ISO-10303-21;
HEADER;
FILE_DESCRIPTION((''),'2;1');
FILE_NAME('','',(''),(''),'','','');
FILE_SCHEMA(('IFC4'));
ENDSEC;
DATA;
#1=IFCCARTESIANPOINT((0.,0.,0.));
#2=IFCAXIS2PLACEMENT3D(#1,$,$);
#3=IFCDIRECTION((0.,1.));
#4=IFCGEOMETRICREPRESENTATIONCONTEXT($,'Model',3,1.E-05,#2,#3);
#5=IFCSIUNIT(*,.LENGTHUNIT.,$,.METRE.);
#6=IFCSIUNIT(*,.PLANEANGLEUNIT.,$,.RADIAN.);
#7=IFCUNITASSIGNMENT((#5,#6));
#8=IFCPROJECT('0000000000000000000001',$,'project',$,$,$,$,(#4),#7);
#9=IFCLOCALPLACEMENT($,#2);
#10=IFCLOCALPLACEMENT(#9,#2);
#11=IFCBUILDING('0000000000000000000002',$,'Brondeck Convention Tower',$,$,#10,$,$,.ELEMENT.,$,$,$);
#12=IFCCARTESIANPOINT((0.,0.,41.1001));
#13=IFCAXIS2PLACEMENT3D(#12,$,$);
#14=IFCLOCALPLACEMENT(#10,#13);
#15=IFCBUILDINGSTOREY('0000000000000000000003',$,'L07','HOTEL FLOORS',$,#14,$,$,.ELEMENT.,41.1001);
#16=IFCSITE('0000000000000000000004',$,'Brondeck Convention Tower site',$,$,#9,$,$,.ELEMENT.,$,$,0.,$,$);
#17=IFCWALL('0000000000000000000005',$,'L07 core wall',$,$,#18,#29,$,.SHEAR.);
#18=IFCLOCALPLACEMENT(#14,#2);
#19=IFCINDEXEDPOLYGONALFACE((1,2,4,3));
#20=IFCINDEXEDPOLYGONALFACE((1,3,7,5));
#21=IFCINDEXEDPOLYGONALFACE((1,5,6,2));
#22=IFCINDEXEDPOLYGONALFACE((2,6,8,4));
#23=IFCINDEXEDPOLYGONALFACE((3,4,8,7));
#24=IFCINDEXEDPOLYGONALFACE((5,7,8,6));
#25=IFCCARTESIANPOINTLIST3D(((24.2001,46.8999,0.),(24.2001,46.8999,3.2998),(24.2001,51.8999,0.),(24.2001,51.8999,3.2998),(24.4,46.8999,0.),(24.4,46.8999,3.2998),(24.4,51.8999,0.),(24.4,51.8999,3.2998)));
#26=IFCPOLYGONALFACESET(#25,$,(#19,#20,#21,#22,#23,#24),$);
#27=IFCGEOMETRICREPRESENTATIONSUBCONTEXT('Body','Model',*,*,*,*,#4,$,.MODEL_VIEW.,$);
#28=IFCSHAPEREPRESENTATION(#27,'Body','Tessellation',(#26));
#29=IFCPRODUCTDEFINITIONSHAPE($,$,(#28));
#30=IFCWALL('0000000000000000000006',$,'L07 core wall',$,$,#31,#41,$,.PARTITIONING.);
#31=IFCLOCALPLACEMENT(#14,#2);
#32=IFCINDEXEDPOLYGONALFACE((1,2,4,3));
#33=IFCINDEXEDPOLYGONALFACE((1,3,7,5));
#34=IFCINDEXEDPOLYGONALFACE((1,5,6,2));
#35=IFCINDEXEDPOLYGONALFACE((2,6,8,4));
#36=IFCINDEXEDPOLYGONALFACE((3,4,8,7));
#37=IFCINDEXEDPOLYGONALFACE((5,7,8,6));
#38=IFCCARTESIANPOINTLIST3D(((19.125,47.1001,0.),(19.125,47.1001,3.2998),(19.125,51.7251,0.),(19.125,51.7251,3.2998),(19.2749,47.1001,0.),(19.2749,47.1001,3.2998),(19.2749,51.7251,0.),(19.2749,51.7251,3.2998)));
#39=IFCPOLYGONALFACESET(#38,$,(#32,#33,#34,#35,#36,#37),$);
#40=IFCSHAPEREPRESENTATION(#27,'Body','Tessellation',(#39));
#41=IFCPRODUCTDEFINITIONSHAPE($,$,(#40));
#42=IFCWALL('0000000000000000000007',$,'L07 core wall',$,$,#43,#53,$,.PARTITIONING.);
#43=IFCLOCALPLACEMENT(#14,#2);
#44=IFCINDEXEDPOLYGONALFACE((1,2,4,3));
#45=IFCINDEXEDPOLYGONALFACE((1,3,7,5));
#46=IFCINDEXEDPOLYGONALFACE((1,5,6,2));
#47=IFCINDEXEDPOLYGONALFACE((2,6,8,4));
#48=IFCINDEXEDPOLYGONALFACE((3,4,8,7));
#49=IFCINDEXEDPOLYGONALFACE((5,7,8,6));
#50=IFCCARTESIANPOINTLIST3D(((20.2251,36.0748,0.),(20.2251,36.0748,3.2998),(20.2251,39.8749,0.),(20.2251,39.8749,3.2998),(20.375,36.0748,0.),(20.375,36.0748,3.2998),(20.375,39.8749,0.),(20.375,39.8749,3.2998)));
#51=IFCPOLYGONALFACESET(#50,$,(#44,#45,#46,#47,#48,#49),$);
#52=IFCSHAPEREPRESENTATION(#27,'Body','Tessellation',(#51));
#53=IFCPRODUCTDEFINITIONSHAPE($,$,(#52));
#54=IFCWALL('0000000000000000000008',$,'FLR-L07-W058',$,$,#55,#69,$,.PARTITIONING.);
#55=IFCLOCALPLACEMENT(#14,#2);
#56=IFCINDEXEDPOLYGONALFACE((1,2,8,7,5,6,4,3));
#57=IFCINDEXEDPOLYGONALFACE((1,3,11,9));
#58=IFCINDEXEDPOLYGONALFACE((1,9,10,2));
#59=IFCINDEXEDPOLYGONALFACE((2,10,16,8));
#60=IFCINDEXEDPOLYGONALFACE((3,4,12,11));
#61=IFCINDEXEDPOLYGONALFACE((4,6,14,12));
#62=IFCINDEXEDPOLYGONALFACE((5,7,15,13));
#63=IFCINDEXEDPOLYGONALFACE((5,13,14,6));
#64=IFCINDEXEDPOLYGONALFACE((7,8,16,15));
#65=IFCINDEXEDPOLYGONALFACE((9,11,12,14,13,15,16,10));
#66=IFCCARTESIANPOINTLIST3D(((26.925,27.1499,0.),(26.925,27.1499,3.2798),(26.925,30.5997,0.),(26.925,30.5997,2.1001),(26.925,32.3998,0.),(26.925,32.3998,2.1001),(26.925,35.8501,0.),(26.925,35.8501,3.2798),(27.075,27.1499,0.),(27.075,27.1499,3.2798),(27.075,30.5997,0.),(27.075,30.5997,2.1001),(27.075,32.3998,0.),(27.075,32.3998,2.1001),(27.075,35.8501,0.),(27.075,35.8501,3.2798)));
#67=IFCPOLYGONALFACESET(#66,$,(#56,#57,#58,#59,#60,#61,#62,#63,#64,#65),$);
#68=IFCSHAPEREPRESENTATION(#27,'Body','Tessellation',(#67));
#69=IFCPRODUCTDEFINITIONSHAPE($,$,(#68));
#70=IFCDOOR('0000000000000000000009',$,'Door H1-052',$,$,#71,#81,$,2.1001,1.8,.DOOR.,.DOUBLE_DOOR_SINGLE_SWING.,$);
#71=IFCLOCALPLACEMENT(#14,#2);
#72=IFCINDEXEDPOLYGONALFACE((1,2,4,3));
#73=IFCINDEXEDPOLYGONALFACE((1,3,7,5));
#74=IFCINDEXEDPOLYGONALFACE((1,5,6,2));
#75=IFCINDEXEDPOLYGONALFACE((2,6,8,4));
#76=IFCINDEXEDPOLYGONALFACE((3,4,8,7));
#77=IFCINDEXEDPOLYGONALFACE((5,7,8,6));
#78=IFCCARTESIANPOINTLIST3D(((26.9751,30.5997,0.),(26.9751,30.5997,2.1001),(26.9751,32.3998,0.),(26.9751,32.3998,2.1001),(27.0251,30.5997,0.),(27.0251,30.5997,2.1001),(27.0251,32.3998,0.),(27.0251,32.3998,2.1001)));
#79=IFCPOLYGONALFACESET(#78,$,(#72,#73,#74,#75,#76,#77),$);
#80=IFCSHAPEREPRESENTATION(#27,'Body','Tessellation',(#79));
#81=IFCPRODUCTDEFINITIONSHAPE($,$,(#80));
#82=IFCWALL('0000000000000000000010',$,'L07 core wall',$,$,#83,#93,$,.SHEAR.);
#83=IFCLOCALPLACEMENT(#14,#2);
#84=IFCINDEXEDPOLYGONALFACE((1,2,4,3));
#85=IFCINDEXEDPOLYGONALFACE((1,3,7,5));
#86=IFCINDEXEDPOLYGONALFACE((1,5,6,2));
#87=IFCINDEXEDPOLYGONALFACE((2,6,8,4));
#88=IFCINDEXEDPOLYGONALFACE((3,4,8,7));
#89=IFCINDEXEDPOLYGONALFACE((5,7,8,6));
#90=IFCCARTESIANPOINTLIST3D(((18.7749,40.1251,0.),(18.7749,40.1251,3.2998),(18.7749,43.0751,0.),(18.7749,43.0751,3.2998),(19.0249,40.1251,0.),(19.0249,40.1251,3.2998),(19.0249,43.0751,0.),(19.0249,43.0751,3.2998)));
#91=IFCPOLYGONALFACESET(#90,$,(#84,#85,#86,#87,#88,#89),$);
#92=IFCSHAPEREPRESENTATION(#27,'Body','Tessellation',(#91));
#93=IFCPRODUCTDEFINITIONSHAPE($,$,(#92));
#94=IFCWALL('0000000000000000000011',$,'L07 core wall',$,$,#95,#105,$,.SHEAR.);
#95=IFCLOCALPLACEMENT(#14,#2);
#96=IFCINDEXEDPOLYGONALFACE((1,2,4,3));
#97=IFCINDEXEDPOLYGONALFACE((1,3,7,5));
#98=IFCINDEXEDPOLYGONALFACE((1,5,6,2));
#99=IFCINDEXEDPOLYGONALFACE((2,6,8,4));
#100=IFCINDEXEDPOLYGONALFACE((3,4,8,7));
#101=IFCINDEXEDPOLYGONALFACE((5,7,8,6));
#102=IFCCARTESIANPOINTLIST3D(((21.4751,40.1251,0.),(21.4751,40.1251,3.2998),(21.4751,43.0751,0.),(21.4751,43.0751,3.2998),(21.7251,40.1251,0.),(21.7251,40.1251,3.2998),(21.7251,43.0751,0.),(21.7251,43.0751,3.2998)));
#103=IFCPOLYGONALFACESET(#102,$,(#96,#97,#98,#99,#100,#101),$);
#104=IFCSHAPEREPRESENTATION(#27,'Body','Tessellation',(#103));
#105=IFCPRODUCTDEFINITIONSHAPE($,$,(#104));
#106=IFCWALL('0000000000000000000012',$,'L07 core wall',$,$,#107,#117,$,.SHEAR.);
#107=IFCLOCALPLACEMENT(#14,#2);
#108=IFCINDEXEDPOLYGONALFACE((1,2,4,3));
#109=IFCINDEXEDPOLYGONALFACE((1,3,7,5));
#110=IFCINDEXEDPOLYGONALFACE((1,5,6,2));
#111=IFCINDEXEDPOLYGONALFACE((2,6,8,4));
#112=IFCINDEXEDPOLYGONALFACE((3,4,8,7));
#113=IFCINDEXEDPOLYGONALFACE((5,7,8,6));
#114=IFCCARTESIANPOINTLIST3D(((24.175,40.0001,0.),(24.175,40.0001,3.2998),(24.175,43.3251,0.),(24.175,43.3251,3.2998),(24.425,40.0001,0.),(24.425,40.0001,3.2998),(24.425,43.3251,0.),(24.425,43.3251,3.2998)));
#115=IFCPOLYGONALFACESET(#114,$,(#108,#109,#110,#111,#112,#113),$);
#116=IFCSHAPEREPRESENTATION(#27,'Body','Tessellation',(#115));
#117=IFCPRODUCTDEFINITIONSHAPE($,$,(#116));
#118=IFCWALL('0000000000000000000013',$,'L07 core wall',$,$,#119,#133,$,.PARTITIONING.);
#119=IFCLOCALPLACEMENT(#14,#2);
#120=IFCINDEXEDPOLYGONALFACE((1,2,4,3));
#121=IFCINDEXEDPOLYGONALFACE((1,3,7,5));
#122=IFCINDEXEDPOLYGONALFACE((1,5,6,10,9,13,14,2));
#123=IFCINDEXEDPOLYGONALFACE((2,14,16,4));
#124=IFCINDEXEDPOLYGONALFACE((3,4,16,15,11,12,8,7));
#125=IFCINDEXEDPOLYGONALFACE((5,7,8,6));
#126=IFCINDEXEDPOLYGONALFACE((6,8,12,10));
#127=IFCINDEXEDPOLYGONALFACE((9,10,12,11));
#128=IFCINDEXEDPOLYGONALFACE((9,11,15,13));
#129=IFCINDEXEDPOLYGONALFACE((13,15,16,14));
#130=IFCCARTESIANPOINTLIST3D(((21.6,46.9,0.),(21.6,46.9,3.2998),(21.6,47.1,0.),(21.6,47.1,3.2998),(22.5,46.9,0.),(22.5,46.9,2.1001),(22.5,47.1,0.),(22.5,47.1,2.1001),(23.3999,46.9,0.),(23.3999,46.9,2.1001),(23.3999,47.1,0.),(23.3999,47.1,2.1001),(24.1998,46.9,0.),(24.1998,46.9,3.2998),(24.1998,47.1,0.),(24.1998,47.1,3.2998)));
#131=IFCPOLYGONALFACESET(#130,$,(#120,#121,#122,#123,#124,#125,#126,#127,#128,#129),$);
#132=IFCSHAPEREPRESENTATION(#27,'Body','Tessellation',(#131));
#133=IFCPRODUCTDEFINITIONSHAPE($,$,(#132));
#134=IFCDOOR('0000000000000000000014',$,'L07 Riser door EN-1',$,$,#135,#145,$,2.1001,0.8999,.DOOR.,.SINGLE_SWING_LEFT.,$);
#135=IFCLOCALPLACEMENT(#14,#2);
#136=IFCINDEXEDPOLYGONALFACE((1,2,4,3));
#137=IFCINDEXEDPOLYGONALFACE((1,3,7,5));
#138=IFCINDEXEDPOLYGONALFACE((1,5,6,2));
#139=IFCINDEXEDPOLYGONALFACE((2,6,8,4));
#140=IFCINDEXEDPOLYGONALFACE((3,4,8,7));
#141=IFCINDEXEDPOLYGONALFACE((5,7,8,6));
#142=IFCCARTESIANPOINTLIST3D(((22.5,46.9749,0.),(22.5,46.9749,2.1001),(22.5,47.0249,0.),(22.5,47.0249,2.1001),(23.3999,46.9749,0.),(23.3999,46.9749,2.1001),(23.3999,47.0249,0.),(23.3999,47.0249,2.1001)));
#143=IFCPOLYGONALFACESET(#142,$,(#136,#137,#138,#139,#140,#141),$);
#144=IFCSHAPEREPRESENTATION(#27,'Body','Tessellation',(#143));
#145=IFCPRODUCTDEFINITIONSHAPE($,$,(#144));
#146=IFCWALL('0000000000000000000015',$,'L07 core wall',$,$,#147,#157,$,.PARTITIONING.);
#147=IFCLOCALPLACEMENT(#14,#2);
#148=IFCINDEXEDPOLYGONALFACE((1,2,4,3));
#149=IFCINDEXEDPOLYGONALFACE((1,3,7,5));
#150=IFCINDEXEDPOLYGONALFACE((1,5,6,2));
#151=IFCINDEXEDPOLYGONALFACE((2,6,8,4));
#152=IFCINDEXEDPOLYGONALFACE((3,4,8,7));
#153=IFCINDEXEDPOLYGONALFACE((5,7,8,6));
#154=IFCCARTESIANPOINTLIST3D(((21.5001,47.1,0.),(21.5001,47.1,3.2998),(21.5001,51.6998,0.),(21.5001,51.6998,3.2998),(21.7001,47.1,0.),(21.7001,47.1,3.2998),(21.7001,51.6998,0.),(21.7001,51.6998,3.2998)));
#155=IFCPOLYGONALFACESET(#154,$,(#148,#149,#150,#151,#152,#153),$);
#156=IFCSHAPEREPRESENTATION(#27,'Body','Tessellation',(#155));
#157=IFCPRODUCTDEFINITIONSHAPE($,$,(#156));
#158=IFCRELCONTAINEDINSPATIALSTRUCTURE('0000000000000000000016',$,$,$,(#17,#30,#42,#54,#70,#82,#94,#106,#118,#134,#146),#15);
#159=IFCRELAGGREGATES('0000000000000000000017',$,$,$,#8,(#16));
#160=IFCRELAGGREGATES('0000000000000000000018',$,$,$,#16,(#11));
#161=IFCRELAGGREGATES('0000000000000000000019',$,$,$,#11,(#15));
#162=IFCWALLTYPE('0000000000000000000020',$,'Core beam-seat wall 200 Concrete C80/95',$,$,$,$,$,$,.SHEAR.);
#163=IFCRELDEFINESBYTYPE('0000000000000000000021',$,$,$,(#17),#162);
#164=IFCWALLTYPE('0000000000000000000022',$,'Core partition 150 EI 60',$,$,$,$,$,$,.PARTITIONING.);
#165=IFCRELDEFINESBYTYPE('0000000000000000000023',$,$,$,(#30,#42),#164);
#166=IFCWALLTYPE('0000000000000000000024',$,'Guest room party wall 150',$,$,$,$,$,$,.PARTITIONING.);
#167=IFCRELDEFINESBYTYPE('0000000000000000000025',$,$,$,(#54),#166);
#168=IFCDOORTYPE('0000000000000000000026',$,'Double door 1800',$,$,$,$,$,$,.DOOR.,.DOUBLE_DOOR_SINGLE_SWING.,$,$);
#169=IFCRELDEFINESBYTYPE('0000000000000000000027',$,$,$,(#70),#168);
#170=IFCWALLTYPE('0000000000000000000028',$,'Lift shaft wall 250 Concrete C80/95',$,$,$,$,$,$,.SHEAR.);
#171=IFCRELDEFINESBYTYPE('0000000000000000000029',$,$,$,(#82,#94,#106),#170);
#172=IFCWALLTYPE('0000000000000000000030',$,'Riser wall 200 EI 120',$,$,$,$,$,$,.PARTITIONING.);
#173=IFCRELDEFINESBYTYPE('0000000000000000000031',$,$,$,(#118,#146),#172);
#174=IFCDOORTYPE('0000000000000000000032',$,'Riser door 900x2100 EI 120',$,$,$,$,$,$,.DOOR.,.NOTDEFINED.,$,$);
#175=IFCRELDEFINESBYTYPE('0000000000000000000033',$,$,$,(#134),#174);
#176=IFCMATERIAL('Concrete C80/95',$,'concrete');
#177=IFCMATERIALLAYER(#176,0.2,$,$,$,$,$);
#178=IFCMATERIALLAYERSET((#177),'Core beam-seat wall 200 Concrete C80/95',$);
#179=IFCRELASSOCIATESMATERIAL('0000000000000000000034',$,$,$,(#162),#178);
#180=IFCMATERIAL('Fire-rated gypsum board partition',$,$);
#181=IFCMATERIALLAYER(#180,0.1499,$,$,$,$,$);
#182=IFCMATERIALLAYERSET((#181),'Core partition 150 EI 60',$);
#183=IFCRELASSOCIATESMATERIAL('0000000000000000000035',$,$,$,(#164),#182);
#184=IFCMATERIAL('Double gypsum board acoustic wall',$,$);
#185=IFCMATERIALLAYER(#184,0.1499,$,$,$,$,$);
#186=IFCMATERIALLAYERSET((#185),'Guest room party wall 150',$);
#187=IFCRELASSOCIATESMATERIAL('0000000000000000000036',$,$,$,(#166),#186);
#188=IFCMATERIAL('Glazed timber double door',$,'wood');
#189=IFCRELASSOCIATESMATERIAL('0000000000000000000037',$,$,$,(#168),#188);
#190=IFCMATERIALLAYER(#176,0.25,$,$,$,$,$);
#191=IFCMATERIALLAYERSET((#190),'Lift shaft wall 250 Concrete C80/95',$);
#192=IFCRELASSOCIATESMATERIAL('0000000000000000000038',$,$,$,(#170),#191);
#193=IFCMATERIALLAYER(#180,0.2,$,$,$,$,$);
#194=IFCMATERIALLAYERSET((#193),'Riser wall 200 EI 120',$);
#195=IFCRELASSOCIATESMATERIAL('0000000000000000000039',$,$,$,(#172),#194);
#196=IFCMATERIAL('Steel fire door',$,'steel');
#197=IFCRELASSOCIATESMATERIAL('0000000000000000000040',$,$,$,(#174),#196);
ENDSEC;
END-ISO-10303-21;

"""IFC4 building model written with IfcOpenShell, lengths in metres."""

from ifc_helpers import new_model, si_unit, direction, frame, frame_2d, origin, place, context, subcontext, project, spatial, rectangle, extrude, material, layer, layer_set, type_object, element, fill, save


model = new_model("IFC4")

# Units and contexts
model_context = context("Model", 3, precision=1e-05, world=origin(), true_north=direction((0.0, 1.0)))
body_context = subcontext(model_context, "Body", "Model", "MODEL_VIEW")
ifc_project = project(units=[si_unit("LENGTHUNIT", "METRE"), si_unit("PLANEANGLEUNIT", "RADIAN")], contexts=[model_context])

# Site, building, storey
site_placement = place(None, origin())
site = spatial("IfcSite", under=ifc_project, at=site_placement, Name="Brondeck Convention Tower site", CompositionType="ELEMENT", RefElevation=0.0)
building_placement = place(site_placement, origin())
building = spatial("IfcBuilding", under=site, at=building_placement, Name="Brondeck Convention Tower", CompositionType="ELEMENT")
storey_placement = place(building_placement, frame((0.0, 0.0, 41.1001)))
storey = spatial("IfcBuildingStorey", under=building, at=storey_placement, Name="L07", Description="HOTEL FLOORS", CompositionType="ELEMENT", Elevation=41.1001)

# Shared definitions
ifc_material_1 = material(Name="Concrete C80/95", Category="concrete")

# Walls
ifc_layer_1 = layer(ifc_material_1, 0.2)
ifc_layer_set_1 = layer_set([ifc_layer_1], Name="Core beam-seat wall 200 Concrete C80/95")
wall_type_1 = type_object("IfcWallType", Name="Core beam-seat wall 200 Concrete C80/95", PredefinedType="SHEAR", material=ifc_layer_set_1)
wall_1_placement = place(storey_placement, frame((24.3, 46.8999, 0.0), z_axis=(0.0, 0.0, 1.0), x_axis=(0.0, 1.0, 0.0)))
element("IfcWall", 1, at=wall_1_placement, inside=storey, type_object=wall_type_1, Name="L07 core wall", PredefinedType="SHEAR", context=body_context, shape_type="SweptSolid", body=[
    extrude(rectangle(XDim=5.0, YDim=0.2, at=frame_2d((2.5, 0.0))), origin(), (0.0, 0.0, 1.0), 3.2998),
])
ifc_material_2 = material(Name="Fire-rated gypsum board partition")
ifc_layer_2 = layer(ifc_material_2, 0.1499)
ifc_layer_set_2 = layer_set([ifc_layer_2], Name="Core partition 150 EI 60")
wall_type_2 = type_object("IfcWallType", Name="Core partition 150 EI 60", PredefinedType="PARTITIONING", material=ifc_layer_set_2)
wall_2_placement = place(storey_placement, frame((19.2, 47.1001, 0.0), z_axis=(0.0, 0.0, 1.0), x_axis=(0.0, 1.0, 0.0)))
element("IfcWall", 2, at=wall_2_placement, inside=storey, type_object=wall_type_2, Name="L07 core wall", PredefinedType="PARTITIONING", context=body_context, shape_type="SweptSolid", body=[
    extrude(rectangle(XDim=4.625, YDim=0.1499, at=frame_2d((2.3125, 0.0))), origin(), (0.0, 0.0, 1.0), 3.2998),
])
wall_3_placement = place(storey_placement, frame((20.3, 36.075, 0.0), z_axis=(0.0, 0.0, 1.0), x_axis=(0.0, 1.0, 0.0)))
element("IfcWall", 3, at=wall_3_placement, inside=storey, type_object=wall_type_2, Name="L07 core wall", PredefinedType="PARTITIONING", context=body_context, shape_type="SweptSolid", body=[
    extrude(rectangle(XDim=3.8, YDim=0.1499, at=frame_2d((1.8999, 0.0))), origin(), (0.0, 0.0, 1.0), 3.2998),
])

# Wall, opening, door
ifc_material_3 = material(Name="Double gypsum board acoustic wall")
ifc_layer_3 = layer(ifc_material_3, 0.1499)
ifc_layer_set_3 = layer_set([ifc_layer_3], Name="Guest room party wall 150")
wall_type_3 = type_object("IfcWallType", Name="Guest room party wall 150", PredefinedType="PARTITIONING", material=ifc_layer_set_3)
wall_4_placement = place(storey_placement, frame((27.0, 27.1499, 0.0), z_axis=(0.0, 0.0, 1.0), x_axis=(0.0, 1.0, 0.0)))
wall_4 = element("IfcWall", 4, at=wall_4_placement, inside=storey, type_object=wall_type_3, Name="FLR-L07-W058", PredefinedType="PARTITIONING", context=body_context, shape_type="SweptSolid", body=[
    extrude(rectangle(XDim=8.7002, YDim=0.1499, at=frame_2d((4.3501, 0.0))), origin(), (0.0, 0.0, 1.0), 3.2798),
])
opening_1_placement = place(wall_4_placement, frame((3.45, 0.0, 0.0)))
opening_1 = element("IfcOpeningElement", 5, at=opening_1_placement, cuts=wall_4, PredefinedType="OPENING", context=body_context, shape_type="SweptSolid", body=[
    extrude(rectangle(XDim=1.8, YDim=2.1001, at=frame_2d((0.8999, 1.05))), frame((0.0, 0.085, 0.0), z_axis=(0.0, -1.0, 0.0), x_axis=(1.0, 0.0, 0.0)), (0.0, 0.0, 1.0), 0.1699),
])
ifc_material_4 = material(Name="Glazed timber double door", Category="wood")
door_type_1 = type_object("IfcDoorType", Name="Double door 1800", OperationType="DOUBLE_DOOR_SINGLE_SWING", PredefinedType="DOOR", material=ifc_material_4)
door_1_placement = place(opening_1_placement, origin())
door_1 = element("IfcDoor", 6, at=door_1_placement, inside=storey, type_object=door_type_1, Name="Door H1-052", OperationType="DOUBLE_DOOR_SINGLE_SWING", OverallHeight=2.1001, OverallWidth=1.8, PredefinedType="DOOR", context=body_context, shape_type="SweptSolid", body=[
    extrude(rectangle(XDim=1.8, YDim=2.1001, at=frame_2d((0.8999, 1.05))), frame((0.0, 0.0249, 0.0), z_axis=(0.0, -1.0, 0.0), x_axis=(1.0, 0.0, 0.0)), (0.0, 0.0, 1.0), 0.05),
])
fill(opening_1, door_1)

# Walls
ifc_layer_4 = layer(ifc_material_1, 0.25)
ifc_layer_set_4 = layer_set([ifc_layer_4], Name="Lift shaft wall 250 Concrete C80/95")
wall_type_4 = type_object("IfcWallType", Name="Lift shaft wall 250 Concrete C80/95", PredefinedType="SHEAR", material=ifc_layer_set_4)
for number, where, z_axis, x_axis, name in (
    (7, (18.8999, 40.125, 0.0), (0.0, 0.0, 1.0), (0.0, 1.0, 0.0), "L07 core wall"),
    (8, (21.6001, 40.125, 0.0), (0.0, 0.0, 1.0), (0.0, 1.0, 0.0), "L07 core wall"),
):
    element("IfcWall", number, at=place(storey_placement, frame(where, z_axis=z_axis, x_axis=x_axis)), inside=storey, type_object=wall_type_4, Name=name, PredefinedType="SHEAR", context=body_context, shape_type="SweptSolid", body=[
        extrude(rectangle(XDim=2.95, YDim=0.25, at=frame_2d((1.4751, 0.0))), origin(), (0.0, 0.0, 1.0), 3.2998),
    ])
wall_5_placement = place(storey_placement, frame((24.3, 40.0, 0.0), z_axis=(0.0, 0.0, 1.0), x_axis=(0.0, 1.0, 0.0)))
element("IfcWall", 9, at=wall_5_placement, inside=storey, type_object=wall_type_4, Name="L07 core wall", PredefinedType="SHEAR", context=body_context, shape_type="SweptSolid", body=[
    extrude(rectangle(XDim=3.325, YDim=0.25, at=frame_2d((1.6626, 0.0))), origin(), (0.0, 0.0, 1.0), 3.2998),
])

# Wall, opening, door
ifc_layer_5 = layer(ifc_material_2, 0.2)
ifc_layer_set_5 = layer_set([ifc_layer_5], Name="Riser wall 200 EI 120")
wall_type_5 = type_object("IfcWallType", Name="Riser wall 200 EI 120", PredefinedType="PARTITIONING", material=ifc_layer_set_5)
wall_6_placement = place(storey_placement, frame((21.6001, 47.0, 0.0), z_axis=(0.0, 0.0, 1.0), x_axis=(1.0, 0.0, 0.0)))
wall_6 = element("IfcWall", 10, at=wall_6_placement, inside=storey, type_object=wall_type_5, Name="L07 core wall", PredefinedType="PARTITIONING", context=body_context, shape_type="SweptSolid", body=[
    extrude(rectangle(XDim=2.5999, YDim=0.2, at=frame_2d((1.2998, 0.0))), origin(), (0.0, 0.0, 1.0), 3.2998),
])
opening_2_placement = place(wall_6_placement, frame((0.8999, 0.0, 0.0)))
opening_2 = element("IfcOpeningElement", 11, at=opening_2_placement, cuts=wall_6, PredefinedType="OPENING", context=body_context, shape_type="SweptSolid", body=[
    extrude(rectangle(XDim=0.8999, YDim=2.1001, at=frame_2d((0.45, 1.05))), frame((0.0, 0.1099, 0.0), z_axis=(0.0, -1.0, 0.0), x_axis=(1.0, 0.0, 0.0)), (0.0, 0.0, 1.0), 0.22),
])
ifc_material_5 = material(Name="Steel fire door", Category="steel")
door_type_2 = type_object("IfcDoorType", Name="Riser door 900x2100 EI 120", OperationType="NOTDEFINED", PredefinedType="DOOR", material=ifc_material_5)
door_2_placement = place(opening_2_placement, origin())
door_2 = element("IfcDoor", 12, at=door_2_placement, inside=storey, type_object=door_type_2, Name="L07 Riser door EN-1", OperationType="SINGLE_SWING_LEFT", OverallHeight=2.1001, OverallWidth=0.8999, PredefinedType="DOOR", context=body_context, shape_type="SweptSolid", body=[
    extrude(rectangle(XDim=0.8999, YDim=2.1001, at=frame_2d((0.45, 1.05))), frame((0.0, 0.0249, 0.0), z_axis=(0.0, -1.0, 0.0), x_axis=(1.0, 0.0, 0.0)), (0.0, 0.0, 1.0), 0.05),
])
fill(opening_2, door_2)

# Wall
wall_7_placement = place(storey_placement, frame((21.6001, 47.1001, 0.0), z_axis=(0.0, 0.0, 1.0), x_axis=(0.0, 1.0, 0.0)))
element("IfcWall", 13, at=wall_7_placement, inside=storey, type_object=wall_type_5, Name="L07 core wall", PredefinedType="PARTITIONING", context=body_context, shape_type="SweptSolid", body=[
    extrude(rectangle(XDim=4.5999, YDim=0.2, at=frame_2d((2.2998, 0.0))), origin(), (0.0, 0.0, 1.0), 3.2998),
])

save(model, "model.ifc")
